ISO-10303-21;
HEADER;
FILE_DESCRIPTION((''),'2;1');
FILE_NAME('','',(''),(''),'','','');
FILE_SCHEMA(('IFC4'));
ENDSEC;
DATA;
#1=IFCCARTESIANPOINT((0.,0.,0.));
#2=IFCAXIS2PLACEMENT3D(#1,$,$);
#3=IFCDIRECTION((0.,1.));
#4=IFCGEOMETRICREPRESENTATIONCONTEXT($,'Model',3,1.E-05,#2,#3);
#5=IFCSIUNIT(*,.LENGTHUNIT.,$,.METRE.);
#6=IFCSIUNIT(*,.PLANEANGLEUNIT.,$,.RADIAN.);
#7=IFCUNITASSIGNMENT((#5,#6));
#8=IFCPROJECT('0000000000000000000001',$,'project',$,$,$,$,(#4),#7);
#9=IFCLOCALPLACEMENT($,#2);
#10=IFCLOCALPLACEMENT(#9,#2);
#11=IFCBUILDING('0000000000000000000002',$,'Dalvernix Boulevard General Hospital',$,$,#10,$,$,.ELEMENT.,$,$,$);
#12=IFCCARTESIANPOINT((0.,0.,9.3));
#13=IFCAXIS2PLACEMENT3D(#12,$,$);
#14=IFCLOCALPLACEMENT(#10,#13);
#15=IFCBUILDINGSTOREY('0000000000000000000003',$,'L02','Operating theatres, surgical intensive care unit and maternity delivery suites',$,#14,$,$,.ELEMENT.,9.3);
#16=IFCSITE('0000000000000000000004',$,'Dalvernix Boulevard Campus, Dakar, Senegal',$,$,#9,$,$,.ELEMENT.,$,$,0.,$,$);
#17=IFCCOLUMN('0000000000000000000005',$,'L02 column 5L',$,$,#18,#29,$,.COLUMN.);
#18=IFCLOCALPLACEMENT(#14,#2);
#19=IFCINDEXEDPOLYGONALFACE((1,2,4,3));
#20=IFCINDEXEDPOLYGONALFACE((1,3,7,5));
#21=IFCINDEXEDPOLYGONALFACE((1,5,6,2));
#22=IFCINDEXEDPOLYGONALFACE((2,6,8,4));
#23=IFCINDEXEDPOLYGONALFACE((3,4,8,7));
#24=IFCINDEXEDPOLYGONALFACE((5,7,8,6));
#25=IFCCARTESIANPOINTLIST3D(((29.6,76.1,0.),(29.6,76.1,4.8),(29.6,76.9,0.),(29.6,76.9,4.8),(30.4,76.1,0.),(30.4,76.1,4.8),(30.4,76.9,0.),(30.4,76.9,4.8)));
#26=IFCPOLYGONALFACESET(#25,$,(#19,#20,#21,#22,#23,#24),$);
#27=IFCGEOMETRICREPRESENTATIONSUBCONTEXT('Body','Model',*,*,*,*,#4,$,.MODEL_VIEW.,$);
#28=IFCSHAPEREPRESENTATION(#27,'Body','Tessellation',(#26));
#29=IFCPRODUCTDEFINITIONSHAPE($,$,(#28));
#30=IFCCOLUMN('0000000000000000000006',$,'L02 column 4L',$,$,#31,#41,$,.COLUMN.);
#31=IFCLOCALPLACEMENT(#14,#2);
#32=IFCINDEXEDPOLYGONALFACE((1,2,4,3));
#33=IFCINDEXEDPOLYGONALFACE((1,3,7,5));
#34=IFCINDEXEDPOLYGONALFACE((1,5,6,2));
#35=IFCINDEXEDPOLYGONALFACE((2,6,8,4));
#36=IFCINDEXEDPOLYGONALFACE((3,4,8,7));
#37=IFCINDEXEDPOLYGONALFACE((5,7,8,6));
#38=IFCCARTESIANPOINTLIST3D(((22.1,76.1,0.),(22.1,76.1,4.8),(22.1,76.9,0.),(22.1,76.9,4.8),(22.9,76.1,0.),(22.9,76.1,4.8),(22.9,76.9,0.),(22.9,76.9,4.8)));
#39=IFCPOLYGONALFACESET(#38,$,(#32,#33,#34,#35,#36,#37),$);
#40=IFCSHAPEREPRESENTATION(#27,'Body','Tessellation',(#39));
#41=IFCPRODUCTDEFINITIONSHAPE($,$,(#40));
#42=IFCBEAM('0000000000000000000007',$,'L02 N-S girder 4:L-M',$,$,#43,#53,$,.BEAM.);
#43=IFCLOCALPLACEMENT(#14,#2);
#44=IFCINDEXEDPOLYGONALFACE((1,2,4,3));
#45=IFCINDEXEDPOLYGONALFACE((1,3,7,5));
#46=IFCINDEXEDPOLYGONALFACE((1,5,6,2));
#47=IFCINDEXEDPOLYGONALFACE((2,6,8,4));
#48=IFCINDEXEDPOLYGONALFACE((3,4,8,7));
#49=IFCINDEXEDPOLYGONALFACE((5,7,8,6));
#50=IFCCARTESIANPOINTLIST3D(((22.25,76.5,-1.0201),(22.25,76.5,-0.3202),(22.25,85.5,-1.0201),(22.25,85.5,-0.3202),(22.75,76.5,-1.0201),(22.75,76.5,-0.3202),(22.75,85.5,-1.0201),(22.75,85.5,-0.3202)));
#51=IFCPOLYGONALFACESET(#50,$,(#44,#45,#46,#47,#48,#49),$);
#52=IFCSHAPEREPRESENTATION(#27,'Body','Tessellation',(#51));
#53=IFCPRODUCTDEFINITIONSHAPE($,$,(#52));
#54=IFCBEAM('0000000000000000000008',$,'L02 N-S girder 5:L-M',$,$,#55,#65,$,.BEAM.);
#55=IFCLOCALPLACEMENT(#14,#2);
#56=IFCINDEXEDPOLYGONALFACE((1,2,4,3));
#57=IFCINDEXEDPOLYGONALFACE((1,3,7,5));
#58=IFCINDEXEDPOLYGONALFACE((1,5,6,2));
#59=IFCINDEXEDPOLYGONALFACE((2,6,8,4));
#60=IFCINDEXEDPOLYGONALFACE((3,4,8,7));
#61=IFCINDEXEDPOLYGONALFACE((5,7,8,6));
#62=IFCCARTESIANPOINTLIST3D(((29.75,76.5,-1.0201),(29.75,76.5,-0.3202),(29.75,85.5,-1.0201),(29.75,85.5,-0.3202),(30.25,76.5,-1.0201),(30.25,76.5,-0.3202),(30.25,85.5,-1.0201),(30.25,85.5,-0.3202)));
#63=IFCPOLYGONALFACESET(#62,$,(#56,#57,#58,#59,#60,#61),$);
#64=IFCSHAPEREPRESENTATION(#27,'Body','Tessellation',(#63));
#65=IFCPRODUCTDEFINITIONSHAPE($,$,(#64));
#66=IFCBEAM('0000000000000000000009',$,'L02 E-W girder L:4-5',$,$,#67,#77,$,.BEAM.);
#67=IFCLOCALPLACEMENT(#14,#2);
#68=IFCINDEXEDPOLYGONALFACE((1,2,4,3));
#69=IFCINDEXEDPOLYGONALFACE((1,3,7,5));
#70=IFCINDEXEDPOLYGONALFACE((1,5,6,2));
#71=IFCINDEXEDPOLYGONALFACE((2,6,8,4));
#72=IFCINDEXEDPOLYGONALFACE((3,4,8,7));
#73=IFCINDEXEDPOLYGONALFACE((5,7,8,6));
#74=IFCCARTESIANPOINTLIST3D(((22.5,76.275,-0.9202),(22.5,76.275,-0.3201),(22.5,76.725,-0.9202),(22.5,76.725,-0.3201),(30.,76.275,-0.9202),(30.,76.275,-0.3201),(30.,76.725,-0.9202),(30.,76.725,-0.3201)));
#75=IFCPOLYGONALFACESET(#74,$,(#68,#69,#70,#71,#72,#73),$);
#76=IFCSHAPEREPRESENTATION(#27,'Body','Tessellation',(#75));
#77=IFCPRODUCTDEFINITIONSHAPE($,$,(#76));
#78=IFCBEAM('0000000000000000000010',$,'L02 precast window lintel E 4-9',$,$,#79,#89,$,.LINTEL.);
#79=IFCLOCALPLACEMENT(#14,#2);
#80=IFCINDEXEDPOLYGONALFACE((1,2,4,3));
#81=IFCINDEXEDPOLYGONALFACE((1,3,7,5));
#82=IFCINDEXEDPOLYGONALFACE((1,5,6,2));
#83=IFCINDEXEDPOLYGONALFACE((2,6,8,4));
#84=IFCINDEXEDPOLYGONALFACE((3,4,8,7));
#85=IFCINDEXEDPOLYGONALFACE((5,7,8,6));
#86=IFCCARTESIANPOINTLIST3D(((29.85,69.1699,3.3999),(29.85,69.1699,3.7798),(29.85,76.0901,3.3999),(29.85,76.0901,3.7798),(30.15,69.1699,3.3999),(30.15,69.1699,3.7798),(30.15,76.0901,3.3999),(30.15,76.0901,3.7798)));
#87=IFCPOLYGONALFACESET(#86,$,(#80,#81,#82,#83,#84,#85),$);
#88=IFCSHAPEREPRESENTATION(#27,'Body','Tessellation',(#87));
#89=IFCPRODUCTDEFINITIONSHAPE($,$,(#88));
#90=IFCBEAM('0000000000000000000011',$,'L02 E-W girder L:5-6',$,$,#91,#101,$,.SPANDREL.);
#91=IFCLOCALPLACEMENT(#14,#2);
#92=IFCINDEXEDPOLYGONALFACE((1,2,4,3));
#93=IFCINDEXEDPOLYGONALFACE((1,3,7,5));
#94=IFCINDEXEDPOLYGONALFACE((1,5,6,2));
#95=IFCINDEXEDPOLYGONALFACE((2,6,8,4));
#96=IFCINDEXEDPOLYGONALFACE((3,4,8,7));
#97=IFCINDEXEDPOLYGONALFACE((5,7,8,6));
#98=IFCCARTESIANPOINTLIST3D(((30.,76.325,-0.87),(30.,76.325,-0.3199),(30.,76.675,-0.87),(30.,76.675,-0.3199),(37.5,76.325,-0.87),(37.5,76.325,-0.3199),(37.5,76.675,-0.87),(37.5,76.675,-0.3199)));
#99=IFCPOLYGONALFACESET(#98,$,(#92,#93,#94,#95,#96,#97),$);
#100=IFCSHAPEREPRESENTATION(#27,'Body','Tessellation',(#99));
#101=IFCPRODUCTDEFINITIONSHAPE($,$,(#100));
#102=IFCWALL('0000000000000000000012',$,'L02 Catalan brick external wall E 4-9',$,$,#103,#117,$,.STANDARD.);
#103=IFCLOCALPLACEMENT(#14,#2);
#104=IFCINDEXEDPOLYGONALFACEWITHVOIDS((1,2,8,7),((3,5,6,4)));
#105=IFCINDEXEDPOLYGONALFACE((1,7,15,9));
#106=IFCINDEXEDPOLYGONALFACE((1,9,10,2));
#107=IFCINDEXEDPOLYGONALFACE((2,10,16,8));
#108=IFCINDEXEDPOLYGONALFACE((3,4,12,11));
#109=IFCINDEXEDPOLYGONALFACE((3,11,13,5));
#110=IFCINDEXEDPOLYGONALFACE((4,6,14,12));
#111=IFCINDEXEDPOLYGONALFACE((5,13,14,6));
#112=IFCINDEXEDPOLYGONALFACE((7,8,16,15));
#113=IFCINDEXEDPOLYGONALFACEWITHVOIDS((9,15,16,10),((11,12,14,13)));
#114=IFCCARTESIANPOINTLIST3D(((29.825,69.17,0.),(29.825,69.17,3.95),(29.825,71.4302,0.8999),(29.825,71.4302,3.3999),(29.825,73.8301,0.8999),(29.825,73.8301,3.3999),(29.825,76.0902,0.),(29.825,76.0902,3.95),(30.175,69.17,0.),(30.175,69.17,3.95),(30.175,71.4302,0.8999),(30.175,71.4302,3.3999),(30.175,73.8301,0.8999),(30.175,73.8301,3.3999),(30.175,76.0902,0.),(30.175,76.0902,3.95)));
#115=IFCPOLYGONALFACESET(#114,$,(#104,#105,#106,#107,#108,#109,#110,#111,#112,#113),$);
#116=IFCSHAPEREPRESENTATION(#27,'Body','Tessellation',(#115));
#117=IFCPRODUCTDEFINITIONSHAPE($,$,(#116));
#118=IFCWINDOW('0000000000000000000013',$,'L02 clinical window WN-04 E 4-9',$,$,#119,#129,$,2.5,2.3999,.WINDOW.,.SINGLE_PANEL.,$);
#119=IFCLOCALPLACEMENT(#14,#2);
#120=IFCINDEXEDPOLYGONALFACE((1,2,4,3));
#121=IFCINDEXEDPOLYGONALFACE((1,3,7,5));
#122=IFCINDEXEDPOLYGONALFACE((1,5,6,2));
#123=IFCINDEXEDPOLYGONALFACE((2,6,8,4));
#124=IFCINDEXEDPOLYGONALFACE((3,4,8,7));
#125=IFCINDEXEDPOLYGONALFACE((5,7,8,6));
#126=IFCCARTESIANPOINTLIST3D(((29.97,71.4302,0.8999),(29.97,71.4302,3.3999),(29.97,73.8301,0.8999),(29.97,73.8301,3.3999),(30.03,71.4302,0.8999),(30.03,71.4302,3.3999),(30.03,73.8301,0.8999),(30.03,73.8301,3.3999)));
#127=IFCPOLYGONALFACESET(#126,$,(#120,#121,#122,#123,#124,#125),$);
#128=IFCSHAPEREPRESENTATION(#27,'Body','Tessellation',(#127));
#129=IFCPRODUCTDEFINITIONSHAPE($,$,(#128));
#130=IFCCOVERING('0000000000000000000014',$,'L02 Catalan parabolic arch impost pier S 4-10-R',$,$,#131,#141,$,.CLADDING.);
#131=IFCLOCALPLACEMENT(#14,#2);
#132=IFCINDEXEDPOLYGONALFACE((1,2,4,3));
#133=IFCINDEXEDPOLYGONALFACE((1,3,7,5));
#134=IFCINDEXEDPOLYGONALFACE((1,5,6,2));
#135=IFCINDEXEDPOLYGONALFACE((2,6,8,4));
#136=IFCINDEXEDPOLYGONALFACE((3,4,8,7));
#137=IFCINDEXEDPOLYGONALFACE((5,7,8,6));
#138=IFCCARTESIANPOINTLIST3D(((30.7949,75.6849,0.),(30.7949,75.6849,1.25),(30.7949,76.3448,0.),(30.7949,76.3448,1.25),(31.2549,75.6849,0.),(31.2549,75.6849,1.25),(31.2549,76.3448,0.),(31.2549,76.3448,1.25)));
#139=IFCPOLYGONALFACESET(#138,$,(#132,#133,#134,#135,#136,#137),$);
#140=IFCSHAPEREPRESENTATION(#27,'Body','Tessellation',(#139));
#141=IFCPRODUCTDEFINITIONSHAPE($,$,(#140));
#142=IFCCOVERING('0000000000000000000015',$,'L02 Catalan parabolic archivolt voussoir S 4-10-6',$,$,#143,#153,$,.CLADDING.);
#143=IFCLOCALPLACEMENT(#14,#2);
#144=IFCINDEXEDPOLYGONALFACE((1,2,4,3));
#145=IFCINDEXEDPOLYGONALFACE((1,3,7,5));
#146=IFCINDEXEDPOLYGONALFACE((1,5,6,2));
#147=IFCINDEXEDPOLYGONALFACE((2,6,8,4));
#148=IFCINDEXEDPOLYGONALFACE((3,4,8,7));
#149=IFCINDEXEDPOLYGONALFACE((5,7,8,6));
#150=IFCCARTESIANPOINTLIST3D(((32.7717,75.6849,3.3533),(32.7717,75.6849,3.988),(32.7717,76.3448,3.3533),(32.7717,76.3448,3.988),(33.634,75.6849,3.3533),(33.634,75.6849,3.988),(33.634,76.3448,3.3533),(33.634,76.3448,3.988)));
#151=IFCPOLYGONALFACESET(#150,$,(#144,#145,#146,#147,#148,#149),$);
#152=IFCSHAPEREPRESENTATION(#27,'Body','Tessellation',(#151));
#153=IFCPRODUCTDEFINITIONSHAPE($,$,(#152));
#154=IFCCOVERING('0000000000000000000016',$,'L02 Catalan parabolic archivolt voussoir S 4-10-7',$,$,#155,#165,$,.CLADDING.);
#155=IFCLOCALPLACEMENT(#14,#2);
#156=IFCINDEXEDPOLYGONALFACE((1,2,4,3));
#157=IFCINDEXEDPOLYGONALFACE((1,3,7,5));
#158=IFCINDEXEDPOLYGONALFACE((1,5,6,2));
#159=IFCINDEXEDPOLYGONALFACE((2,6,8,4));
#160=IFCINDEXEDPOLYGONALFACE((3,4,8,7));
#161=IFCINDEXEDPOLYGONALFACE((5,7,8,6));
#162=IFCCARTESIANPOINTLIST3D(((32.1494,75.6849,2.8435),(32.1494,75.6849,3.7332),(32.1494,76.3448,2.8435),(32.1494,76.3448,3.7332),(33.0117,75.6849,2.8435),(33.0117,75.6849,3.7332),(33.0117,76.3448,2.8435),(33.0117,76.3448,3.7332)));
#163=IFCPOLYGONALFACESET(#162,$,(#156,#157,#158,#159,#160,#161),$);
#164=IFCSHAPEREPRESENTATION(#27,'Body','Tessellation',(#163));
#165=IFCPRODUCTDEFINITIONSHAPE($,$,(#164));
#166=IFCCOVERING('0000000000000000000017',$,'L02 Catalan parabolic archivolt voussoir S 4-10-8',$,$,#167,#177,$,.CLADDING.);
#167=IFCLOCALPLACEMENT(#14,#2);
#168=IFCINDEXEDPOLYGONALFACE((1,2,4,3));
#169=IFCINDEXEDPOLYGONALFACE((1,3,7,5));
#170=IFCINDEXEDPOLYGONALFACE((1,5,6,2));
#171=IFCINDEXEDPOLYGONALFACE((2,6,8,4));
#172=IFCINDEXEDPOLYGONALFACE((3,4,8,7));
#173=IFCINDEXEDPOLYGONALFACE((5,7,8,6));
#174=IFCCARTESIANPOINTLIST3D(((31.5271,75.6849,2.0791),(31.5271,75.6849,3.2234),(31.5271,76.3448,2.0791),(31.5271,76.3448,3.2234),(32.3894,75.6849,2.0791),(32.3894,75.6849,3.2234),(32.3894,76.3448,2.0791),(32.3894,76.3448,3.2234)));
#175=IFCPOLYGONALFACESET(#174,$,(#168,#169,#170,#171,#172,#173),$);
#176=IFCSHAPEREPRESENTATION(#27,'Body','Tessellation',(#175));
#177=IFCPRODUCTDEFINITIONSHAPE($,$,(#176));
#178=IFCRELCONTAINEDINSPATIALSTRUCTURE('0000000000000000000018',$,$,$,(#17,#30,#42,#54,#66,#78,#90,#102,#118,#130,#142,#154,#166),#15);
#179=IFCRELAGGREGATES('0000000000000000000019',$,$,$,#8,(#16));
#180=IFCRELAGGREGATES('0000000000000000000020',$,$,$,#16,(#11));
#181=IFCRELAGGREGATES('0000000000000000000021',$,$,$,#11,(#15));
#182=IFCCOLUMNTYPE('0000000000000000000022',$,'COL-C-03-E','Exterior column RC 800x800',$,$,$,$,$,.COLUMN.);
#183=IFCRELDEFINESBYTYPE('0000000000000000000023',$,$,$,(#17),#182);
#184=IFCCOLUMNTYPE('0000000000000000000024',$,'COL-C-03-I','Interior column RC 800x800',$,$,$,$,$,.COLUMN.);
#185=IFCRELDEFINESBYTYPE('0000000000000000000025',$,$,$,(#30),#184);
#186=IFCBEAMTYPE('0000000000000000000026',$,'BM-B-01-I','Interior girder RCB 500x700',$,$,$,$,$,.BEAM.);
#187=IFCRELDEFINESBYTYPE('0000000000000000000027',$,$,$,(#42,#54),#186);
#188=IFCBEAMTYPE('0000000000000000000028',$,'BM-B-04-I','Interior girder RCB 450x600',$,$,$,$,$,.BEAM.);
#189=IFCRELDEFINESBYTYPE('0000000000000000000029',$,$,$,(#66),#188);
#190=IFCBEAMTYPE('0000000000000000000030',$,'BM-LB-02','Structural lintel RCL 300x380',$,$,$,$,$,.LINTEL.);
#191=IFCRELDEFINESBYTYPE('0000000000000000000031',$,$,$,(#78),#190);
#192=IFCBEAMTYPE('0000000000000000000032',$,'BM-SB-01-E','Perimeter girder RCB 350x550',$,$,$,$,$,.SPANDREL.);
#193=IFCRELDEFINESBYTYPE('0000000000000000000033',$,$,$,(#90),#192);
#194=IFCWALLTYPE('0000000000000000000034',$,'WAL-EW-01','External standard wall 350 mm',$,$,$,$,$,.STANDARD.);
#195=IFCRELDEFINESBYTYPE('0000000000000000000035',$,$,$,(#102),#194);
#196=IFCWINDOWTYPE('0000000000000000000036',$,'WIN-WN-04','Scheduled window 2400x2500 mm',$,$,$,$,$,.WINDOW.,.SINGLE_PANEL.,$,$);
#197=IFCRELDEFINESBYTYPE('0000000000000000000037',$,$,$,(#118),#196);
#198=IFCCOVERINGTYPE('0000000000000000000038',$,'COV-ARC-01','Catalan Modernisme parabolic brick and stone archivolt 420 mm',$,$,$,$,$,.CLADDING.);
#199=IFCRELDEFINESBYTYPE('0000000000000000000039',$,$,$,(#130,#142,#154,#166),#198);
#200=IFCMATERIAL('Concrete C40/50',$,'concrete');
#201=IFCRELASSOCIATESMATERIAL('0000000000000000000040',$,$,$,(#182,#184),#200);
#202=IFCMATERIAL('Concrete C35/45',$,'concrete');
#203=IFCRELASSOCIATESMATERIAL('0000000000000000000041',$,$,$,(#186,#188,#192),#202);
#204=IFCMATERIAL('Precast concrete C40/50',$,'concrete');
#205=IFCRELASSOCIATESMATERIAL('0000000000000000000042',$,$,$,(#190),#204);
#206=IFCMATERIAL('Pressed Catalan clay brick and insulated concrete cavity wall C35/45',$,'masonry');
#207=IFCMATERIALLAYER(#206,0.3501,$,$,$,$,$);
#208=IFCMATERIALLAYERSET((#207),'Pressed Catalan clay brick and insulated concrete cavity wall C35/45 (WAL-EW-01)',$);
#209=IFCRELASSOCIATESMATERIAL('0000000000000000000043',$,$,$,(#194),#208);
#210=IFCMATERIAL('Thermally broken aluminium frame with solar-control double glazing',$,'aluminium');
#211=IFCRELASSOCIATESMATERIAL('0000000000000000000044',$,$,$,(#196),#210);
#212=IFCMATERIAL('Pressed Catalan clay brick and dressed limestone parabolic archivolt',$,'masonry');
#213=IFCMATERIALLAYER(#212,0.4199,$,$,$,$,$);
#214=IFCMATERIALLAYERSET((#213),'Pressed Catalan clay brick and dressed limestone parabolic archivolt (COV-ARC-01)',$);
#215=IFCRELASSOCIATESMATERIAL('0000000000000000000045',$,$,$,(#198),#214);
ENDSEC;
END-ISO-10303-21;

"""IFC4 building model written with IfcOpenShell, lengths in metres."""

from ifc_helpers import new_model, si_unit, direction, frame, frame_2d, origin, origin_2d, place, context, subcontext, project, spatial, rectangle, extrude, material, layer, layer_set, material_profile, profile_set, type_object, element, fill, save


model = new_model("IFC4")

# Units and contexts
model_context = context("Model", 3, precision=1e-05, world=origin(), true_north=direction((0.0, 1.0)))
body_context = subcontext(model_context, "Body", "Model", "MODEL_VIEW")
ifc_project = project(units=[si_unit("LENGTHUNIT", "METRE"), si_unit("PLANEANGLEUNIT", "RADIAN")], contexts=[model_context])

# Site, building, storey
site_placement = place(None, origin())
site = spatial("IfcSite", under=ifc_project, at=site_placement, Name="Dalvernix Boulevard Campus, Dakar, Senegal", CompositionType="ELEMENT", RefElevation=0.0)
building_placement = place(site_placement, origin())
building = spatial("IfcBuilding", under=site, at=building_placement, Name="Dalvernix Boulevard General Hospital", CompositionType="ELEMENT")
storey_placement = place(building_placement, frame((0.0, 0.0, 9.3)))
storey = spatial("IfcBuildingStorey", under=building, at=storey_placement, Name="L02", Description="Operating theatres, surgical intensive care unit and maternity delivery suites", CompositionType="ELEMENT", Elevation=9.3)

# Columns
ifc_material_1 = material(Name="Concrete C40/50", Category="concrete")
ifc_material_profile_1 = material_profile(ifc_material_1, rectangle(XDim=0.8, YDim=0.8, at=origin_2d()), Name="RC 800x800")
ifc_profile_set_1 = profile_set([ifc_material_profile_1], Name="Concrete C40/50")
column_type_1 = type_object("IfcColumnType", Name="COL-C-03-E", Description="Exterior column RC 800x800", PredefinedType="COLUMN", material=ifc_profile_set_1)
column_1_placement = place(storey_placement, frame((30.0, 76.5, 0.0), z_axis=(0.0, 0.0, 1.0), x_axis=(1.0, 0.0, 0.0)))
element("IfcColumn", 1, at=column_1_placement, inside=storey, type_object=column_type_1, Name="L02 column 5L", PredefinedType="COLUMN", context=body_context, shape_type="SweptSolid", body=[
    extrude(rectangle(XDim=0.8, YDim=0.8, at=origin_2d()), origin(), (0.0, 0.0, 1.0), 4.8),
])
ifc_material_profile_2 = material_profile(ifc_material_1, rectangle(XDim=0.8, YDim=0.8, at=origin_2d()), Name="RC 800x800")
ifc_profile_set_2 = profile_set([ifc_material_profile_2], Name="Concrete C40/50")
column_type_2 = type_object("IfcColumnType", Name="COL-C-03-I", Description="Interior column RC 800x800", PredefinedType="COLUMN", material=ifc_profile_set_2)
column_2_placement = place(storey_placement, frame((22.5, 76.5, 0.0), z_axis=(0.0, 0.0, 1.0), x_axis=(1.0, 0.0, 0.0)))
element("IfcColumn", 2, at=column_2_placement, inside=storey, type_object=column_type_2, Name="L02 column 4L", PredefinedType="COLUMN", context=body_context, shape_type="SweptSolid", body=[
    extrude(rectangle(XDim=0.8, YDim=0.8, at=origin_2d()), origin(), (0.0, 0.0, 1.0), 4.8),
])

# Beams
ifc_material_2 = material(Name="Concrete C35/45", Category="concrete")
ifc_material_profile_3 = material_profile(ifc_material_2, rectangle(XDim=0.5, YDim=0.7, at=origin_2d()), Name="RCB 500x700")
ifc_profile_set_3 = profile_set([ifc_material_profile_3], Name="Concrete C35/45")
beam_type_1 = type_object("IfcBeamType", Name="BM-B-01-I", Description="Interior girder RCB 500x700", PredefinedType="BEAM", material=ifc_profile_set_3)
for number, where, z_axis, x_axis, name in (
    (3, (22.5, 76.5, -0.6702), (0.0, 1.0, 0.0), (-1.0, 0.0, 0.0), "L02 N-S girder 4:L-M"),
    (4, (30.0, 76.5, -0.6702), (0.0, 1.0, 0.0), (-1.0, 0.0, 0.0), "L02 N-S girder 5:L-M"),
):
    element("IfcBeam", number, at=place(storey_placement, frame(where, z_axis=z_axis, x_axis=x_axis)), inside=storey, type_object=beam_type_1, Name=name, PredefinedType="BEAM", context=body_context, shape_type="SweptSolid", body=[
        extrude(rectangle(XDim=0.5, YDim=0.7, at=origin_2d()), origin(), (0.0, 0.0, 1.0), 9.0),
    ])
ifc_material_profile_4 = material_profile(ifc_material_2, rectangle(XDim=0.45, YDim=0.6001, at=origin_2d()), Name="RCB 450x600")
ifc_profile_set_4 = profile_set([ifc_material_profile_4], Name="Concrete C35/45")
beam_type_2 = type_object("IfcBeamType", Name="BM-B-04-I", Description="Interior girder RCB 450x600", PredefinedType="BEAM", material=ifc_profile_set_4)
beam_1_placement = place(storey_placement, frame((22.5, 76.5, -0.6201), z_axis=(1.0, 0.0, 0.0), x_axis=(0.0, 1.0, 0.0)))
element("IfcBeam", 5, at=beam_1_placement, inside=storey, type_object=beam_type_2, Name="L02 E-W girder L:4-5", PredefinedType="BEAM", context=body_context, shape_type="SweptSolid", body=[
    extrude(rectangle(XDim=0.45, YDim=0.6001, at=origin_2d()), origin(), (0.0, 0.0, 1.0), 7.5),
])
ifc_material_3 = material(Name="Precast concrete C40/50", Category="concrete")
ifc_material_profile_5 = material_profile(ifc_material_3, rectangle(XDim=0.3, YDim=0.3799, at=origin_2d()), Name="RCL 300x380")
ifc_profile_set_5 = profile_set([ifc_material_profile_5], Name="Precast concrete C40/50")
beam_type_3 = type_object("IfcBeamType", Name="BM-LB-02", Description="Structural lintel RCL 300x380", PredefinedType="LINTEL", material=ifc_profile_set_5)
beam_2_placement = place(storey_placement, frame((30.0, 76.0901, 3.5898), z_axis=(0.0, -1.0, 0.0), x_axis=(1.0, 0.0, 0.0)))
element("IfcBeam", 6, at=beam_2_placement, inside=storey, type_object=beam_type_3, Name="L02 precast window lintel E 4-9", PredefinedType="LINTEL", context=body_context, shape_type="SweptSolid", body=[
    extrude(rectangle(XDim=0.3, YDim=0.3799, at=origin_2d()), origin(), (0.0, 0.0, 1.0), 6.9202),
])
ifc_material_profile_6 = material_profile(ifc_material_2, rectangle(XDim=0.3501, YDim=0.55, at=origin_2d()), Name="RCB 350x550")
ifc_profile_set_6 = profile_set([ifc_material_profile_6], Name="Concrete C35/45")
beam_type_4 = type_object("IfcBeamType", Name="BM-SB-01-E", Description="Perimeter girder RCB 350x550", PredefinedType="SPANDREL", material=ifc_profile_set_6)
beam_3_placement = place(storey_placement, frame((30.0, 76.5, -0.595), z_axis=(1.0, 0.0, 0.0), x_axis=(0.0, 1.0, 0.0)))
element("IfcBeam", 7, at=beam_3_placement, inside=storey, type_object=beam_type_4, Name="L02 E-W girder L:5-6", PredefinedType="SPANDREL", context=body_context, shape_type="SweptSolid", body=[
    extrude(rectangle(XDim=0.3501, YDim=0.55, at=origin_2d()), origin(), (0.0, 0.0, 1.0), 7.5),
])

# Wall, opening, window
ifc_material_4 = material(Name="Pressed Catalan clay brick and insulated concrete cavity wall C35/45", Category="masonry")
ifc_layer_1 = layer(ifc_material_4, 0.3501)
ifc_layer_set_1 = layer_set([ifc_layer_1], Name="Pressed Catalan clay brick and insulated concrete cavity wall C35/45 (WAL-EW-01)")
wall_type = type_object("IfcWallType", Name="WAL-EW-01", Description="External standard wall 350 mm", PredefinedType="STANDARD", material=ifc_layer_set_1)
wall_placement = place(storey_placement, frame((30.0, 76.0901, 0.0), z_axis=(0.0, 0.0, 1.0), x_axis=(0.0, -1.0, 0.0)))
wall = element("IfcWall", 8, at=wall_placement, inside=storey, type_object=wall_type, Name="L02 Catalan brick external wall E 4-9", PredefinedType="STANDARD", context=body_context, shape_type="SweptSolid", body=[
    extrude(rectangle(XDim=6.9202, YDim=0.3501, at=frame_2d((3.46, 0.0))), origin(), (0.0, 0.0, 1.0), 3.95),
])
opening_placement = place(wall_placement, frame((2.26, 0.0, 0.8999)))
opening = element("IfcOpeningElement", 9, at=opening_placement, cuts=wall, PredefinedType="OPENING", context=body_context, shape_type="SweptSolid", body=[
    extrude(rectangle(XDim=2.3999, YDim=2.5, at=frame_2d((1.2, 1.25))), frame((0.0, 0.1851, 0.0), z_axis=(0.0, -1.0, 0.0), x_axis=(1.0, 0.0, 0.0)), (0.0, 0.0, 1.0), 0.3701),
])
ifc_material_5 = material(Name="Thermally broken aluminium frame with solar-control double glazing", Category="aluminium")
window_type = type_object("IfcWindowType", Name="WIN-WN-04", Description="Scheduled window 2400x2500 mm", PartitioningType="SINGLE_PANEL", PredefinedType="WINDOW", material=ifc_material_5)
window_placement = place(opening_placement, origin())
window = element("IfcWindow", 10, at=window_placement, inside=storey, type_object=window_type, Name="L02 clinical window WN-04 E 4-9", OverallHeight=2.5, OverallWidth=2.3999, PartitioningType="SINGLE_PANEL", PredefinedType="WINDOW", context=body_context, shape_type="SweptSolid", body=[
    extrude(rectangle(XDim=2.3999, YDim=2.5, at=frame_2d((1.2, 1.25))), frame((0.0, 0.03, 0.0), z_axis=(0.0, -1.0, 0.0), x_axis=(1.0, 0.0, 0.0)), (0.0, 0.0, 1.0), 0.0601),
])
fill(opening, window)

# Coverings
ifc_material_6 = material(Name="Pressed Catalan clay brick and dressed limestone parabolic archivolt", Category="masonry")
ifc_layer_2 = layer(ifc_material_6, 0.4199)
ifc_layer_set_2 = layer_set([ifc_layer_2], Name="Pressed Catalan clay brick and dressed limestone parabolic archivolt (COV-ARC-01)")
covering_type_1 = type_object("IfcCoveringType", Name="COV-ARC-01", Description="Catalan Modernisme parabolic brick and stone archivolt 420 mm", PredefinedType="CLADDING", material=ifc_layer_set_2)
covering_1_placement = place(storey_placement, frame((31.0249, 76.0149, 0.0), z_axis=(0.0, 0.0, 1.0), x_axis=(-1.0, 0.0, 0.0)))
element("IfcCovering", 11, at=covering_1_placement, inside=storey, type_object=covering_type_1, Name="L02 Catalan parabolic arch impost pier S 4-10-R", PredefinedType="CLADDING", context=body_context, shape_type="SweptSolid", body=[
    extrude(rectangle(XDim=0.46, YDim=0.6599, at=origin_2d()), origin(), (0.0, 0.0, 1.0), 1.25),
])
covering_2_placement = place(storey_placement, frame((33.2029, 76.0149, 3.3533), z_axis=(0.0, 0.0, 1.0), x_axis=(-1.0, 0.0, 0.0)))
element("IfcCovering", 12, at=covering_2_placement, inside=storey, type_object=covering_type_1, Name="L02 Catalan parabolic archivolt voussoir S 4-10-6", PredefinedType="CLADDING", context=body_context, shape_type="SweptSolid", body=[
    extrude(rectangle(XDim=0.8623, YDim=0.6599, at=origin_2d()), origin(), (0.0, 0.0, 1.0), 0.6348),
])
covering_3_placement = place(storey_placement, frame((32.5806, 76.0149, 2.8435), z_axis=(0.0, 0.0, 1.0), x_axis=(-1.0, 0.0, 0.0)))
element("IfcCovering", 13, at=covering_3_placement, inside=storey, type_object=covering_type_1, Name="L02 Catalan parabolic archivolt voussoir S 4-10-7", PredefinedType="CLADDING", context=body_context, shape_type="SweptSolid", body=[
    extrude(rectangle(XDim=0.8623, YDim=0.6599, at=origin_2d()), origin(), (0.0, 0.0, 1.0), 0.8896),
])
covering_4_placement = place(storey_placement, frame((31.9583, 76.0149, 2.0791), z_axis=(0.0, 0.0, 1.0), x_axis=(-1.0, 0.0, 0.0)))
element("IfcCovering", 14, at=covering_4_placement, inside=storey, type_object=covering_type_1, Name="L02 Catalan parabolic archivolt voussoir S 4-10-8", PredefinedType="CLADDING", context=body_context, shape_type="SweptSolid", body=[
    extrude(rectangle(XDim=0.8623, YDim=0.6599, at=origin_2d()), origin(), (0.0, 0.0, 1.0), 1.1443),
])

save(model, "model.ifc")
